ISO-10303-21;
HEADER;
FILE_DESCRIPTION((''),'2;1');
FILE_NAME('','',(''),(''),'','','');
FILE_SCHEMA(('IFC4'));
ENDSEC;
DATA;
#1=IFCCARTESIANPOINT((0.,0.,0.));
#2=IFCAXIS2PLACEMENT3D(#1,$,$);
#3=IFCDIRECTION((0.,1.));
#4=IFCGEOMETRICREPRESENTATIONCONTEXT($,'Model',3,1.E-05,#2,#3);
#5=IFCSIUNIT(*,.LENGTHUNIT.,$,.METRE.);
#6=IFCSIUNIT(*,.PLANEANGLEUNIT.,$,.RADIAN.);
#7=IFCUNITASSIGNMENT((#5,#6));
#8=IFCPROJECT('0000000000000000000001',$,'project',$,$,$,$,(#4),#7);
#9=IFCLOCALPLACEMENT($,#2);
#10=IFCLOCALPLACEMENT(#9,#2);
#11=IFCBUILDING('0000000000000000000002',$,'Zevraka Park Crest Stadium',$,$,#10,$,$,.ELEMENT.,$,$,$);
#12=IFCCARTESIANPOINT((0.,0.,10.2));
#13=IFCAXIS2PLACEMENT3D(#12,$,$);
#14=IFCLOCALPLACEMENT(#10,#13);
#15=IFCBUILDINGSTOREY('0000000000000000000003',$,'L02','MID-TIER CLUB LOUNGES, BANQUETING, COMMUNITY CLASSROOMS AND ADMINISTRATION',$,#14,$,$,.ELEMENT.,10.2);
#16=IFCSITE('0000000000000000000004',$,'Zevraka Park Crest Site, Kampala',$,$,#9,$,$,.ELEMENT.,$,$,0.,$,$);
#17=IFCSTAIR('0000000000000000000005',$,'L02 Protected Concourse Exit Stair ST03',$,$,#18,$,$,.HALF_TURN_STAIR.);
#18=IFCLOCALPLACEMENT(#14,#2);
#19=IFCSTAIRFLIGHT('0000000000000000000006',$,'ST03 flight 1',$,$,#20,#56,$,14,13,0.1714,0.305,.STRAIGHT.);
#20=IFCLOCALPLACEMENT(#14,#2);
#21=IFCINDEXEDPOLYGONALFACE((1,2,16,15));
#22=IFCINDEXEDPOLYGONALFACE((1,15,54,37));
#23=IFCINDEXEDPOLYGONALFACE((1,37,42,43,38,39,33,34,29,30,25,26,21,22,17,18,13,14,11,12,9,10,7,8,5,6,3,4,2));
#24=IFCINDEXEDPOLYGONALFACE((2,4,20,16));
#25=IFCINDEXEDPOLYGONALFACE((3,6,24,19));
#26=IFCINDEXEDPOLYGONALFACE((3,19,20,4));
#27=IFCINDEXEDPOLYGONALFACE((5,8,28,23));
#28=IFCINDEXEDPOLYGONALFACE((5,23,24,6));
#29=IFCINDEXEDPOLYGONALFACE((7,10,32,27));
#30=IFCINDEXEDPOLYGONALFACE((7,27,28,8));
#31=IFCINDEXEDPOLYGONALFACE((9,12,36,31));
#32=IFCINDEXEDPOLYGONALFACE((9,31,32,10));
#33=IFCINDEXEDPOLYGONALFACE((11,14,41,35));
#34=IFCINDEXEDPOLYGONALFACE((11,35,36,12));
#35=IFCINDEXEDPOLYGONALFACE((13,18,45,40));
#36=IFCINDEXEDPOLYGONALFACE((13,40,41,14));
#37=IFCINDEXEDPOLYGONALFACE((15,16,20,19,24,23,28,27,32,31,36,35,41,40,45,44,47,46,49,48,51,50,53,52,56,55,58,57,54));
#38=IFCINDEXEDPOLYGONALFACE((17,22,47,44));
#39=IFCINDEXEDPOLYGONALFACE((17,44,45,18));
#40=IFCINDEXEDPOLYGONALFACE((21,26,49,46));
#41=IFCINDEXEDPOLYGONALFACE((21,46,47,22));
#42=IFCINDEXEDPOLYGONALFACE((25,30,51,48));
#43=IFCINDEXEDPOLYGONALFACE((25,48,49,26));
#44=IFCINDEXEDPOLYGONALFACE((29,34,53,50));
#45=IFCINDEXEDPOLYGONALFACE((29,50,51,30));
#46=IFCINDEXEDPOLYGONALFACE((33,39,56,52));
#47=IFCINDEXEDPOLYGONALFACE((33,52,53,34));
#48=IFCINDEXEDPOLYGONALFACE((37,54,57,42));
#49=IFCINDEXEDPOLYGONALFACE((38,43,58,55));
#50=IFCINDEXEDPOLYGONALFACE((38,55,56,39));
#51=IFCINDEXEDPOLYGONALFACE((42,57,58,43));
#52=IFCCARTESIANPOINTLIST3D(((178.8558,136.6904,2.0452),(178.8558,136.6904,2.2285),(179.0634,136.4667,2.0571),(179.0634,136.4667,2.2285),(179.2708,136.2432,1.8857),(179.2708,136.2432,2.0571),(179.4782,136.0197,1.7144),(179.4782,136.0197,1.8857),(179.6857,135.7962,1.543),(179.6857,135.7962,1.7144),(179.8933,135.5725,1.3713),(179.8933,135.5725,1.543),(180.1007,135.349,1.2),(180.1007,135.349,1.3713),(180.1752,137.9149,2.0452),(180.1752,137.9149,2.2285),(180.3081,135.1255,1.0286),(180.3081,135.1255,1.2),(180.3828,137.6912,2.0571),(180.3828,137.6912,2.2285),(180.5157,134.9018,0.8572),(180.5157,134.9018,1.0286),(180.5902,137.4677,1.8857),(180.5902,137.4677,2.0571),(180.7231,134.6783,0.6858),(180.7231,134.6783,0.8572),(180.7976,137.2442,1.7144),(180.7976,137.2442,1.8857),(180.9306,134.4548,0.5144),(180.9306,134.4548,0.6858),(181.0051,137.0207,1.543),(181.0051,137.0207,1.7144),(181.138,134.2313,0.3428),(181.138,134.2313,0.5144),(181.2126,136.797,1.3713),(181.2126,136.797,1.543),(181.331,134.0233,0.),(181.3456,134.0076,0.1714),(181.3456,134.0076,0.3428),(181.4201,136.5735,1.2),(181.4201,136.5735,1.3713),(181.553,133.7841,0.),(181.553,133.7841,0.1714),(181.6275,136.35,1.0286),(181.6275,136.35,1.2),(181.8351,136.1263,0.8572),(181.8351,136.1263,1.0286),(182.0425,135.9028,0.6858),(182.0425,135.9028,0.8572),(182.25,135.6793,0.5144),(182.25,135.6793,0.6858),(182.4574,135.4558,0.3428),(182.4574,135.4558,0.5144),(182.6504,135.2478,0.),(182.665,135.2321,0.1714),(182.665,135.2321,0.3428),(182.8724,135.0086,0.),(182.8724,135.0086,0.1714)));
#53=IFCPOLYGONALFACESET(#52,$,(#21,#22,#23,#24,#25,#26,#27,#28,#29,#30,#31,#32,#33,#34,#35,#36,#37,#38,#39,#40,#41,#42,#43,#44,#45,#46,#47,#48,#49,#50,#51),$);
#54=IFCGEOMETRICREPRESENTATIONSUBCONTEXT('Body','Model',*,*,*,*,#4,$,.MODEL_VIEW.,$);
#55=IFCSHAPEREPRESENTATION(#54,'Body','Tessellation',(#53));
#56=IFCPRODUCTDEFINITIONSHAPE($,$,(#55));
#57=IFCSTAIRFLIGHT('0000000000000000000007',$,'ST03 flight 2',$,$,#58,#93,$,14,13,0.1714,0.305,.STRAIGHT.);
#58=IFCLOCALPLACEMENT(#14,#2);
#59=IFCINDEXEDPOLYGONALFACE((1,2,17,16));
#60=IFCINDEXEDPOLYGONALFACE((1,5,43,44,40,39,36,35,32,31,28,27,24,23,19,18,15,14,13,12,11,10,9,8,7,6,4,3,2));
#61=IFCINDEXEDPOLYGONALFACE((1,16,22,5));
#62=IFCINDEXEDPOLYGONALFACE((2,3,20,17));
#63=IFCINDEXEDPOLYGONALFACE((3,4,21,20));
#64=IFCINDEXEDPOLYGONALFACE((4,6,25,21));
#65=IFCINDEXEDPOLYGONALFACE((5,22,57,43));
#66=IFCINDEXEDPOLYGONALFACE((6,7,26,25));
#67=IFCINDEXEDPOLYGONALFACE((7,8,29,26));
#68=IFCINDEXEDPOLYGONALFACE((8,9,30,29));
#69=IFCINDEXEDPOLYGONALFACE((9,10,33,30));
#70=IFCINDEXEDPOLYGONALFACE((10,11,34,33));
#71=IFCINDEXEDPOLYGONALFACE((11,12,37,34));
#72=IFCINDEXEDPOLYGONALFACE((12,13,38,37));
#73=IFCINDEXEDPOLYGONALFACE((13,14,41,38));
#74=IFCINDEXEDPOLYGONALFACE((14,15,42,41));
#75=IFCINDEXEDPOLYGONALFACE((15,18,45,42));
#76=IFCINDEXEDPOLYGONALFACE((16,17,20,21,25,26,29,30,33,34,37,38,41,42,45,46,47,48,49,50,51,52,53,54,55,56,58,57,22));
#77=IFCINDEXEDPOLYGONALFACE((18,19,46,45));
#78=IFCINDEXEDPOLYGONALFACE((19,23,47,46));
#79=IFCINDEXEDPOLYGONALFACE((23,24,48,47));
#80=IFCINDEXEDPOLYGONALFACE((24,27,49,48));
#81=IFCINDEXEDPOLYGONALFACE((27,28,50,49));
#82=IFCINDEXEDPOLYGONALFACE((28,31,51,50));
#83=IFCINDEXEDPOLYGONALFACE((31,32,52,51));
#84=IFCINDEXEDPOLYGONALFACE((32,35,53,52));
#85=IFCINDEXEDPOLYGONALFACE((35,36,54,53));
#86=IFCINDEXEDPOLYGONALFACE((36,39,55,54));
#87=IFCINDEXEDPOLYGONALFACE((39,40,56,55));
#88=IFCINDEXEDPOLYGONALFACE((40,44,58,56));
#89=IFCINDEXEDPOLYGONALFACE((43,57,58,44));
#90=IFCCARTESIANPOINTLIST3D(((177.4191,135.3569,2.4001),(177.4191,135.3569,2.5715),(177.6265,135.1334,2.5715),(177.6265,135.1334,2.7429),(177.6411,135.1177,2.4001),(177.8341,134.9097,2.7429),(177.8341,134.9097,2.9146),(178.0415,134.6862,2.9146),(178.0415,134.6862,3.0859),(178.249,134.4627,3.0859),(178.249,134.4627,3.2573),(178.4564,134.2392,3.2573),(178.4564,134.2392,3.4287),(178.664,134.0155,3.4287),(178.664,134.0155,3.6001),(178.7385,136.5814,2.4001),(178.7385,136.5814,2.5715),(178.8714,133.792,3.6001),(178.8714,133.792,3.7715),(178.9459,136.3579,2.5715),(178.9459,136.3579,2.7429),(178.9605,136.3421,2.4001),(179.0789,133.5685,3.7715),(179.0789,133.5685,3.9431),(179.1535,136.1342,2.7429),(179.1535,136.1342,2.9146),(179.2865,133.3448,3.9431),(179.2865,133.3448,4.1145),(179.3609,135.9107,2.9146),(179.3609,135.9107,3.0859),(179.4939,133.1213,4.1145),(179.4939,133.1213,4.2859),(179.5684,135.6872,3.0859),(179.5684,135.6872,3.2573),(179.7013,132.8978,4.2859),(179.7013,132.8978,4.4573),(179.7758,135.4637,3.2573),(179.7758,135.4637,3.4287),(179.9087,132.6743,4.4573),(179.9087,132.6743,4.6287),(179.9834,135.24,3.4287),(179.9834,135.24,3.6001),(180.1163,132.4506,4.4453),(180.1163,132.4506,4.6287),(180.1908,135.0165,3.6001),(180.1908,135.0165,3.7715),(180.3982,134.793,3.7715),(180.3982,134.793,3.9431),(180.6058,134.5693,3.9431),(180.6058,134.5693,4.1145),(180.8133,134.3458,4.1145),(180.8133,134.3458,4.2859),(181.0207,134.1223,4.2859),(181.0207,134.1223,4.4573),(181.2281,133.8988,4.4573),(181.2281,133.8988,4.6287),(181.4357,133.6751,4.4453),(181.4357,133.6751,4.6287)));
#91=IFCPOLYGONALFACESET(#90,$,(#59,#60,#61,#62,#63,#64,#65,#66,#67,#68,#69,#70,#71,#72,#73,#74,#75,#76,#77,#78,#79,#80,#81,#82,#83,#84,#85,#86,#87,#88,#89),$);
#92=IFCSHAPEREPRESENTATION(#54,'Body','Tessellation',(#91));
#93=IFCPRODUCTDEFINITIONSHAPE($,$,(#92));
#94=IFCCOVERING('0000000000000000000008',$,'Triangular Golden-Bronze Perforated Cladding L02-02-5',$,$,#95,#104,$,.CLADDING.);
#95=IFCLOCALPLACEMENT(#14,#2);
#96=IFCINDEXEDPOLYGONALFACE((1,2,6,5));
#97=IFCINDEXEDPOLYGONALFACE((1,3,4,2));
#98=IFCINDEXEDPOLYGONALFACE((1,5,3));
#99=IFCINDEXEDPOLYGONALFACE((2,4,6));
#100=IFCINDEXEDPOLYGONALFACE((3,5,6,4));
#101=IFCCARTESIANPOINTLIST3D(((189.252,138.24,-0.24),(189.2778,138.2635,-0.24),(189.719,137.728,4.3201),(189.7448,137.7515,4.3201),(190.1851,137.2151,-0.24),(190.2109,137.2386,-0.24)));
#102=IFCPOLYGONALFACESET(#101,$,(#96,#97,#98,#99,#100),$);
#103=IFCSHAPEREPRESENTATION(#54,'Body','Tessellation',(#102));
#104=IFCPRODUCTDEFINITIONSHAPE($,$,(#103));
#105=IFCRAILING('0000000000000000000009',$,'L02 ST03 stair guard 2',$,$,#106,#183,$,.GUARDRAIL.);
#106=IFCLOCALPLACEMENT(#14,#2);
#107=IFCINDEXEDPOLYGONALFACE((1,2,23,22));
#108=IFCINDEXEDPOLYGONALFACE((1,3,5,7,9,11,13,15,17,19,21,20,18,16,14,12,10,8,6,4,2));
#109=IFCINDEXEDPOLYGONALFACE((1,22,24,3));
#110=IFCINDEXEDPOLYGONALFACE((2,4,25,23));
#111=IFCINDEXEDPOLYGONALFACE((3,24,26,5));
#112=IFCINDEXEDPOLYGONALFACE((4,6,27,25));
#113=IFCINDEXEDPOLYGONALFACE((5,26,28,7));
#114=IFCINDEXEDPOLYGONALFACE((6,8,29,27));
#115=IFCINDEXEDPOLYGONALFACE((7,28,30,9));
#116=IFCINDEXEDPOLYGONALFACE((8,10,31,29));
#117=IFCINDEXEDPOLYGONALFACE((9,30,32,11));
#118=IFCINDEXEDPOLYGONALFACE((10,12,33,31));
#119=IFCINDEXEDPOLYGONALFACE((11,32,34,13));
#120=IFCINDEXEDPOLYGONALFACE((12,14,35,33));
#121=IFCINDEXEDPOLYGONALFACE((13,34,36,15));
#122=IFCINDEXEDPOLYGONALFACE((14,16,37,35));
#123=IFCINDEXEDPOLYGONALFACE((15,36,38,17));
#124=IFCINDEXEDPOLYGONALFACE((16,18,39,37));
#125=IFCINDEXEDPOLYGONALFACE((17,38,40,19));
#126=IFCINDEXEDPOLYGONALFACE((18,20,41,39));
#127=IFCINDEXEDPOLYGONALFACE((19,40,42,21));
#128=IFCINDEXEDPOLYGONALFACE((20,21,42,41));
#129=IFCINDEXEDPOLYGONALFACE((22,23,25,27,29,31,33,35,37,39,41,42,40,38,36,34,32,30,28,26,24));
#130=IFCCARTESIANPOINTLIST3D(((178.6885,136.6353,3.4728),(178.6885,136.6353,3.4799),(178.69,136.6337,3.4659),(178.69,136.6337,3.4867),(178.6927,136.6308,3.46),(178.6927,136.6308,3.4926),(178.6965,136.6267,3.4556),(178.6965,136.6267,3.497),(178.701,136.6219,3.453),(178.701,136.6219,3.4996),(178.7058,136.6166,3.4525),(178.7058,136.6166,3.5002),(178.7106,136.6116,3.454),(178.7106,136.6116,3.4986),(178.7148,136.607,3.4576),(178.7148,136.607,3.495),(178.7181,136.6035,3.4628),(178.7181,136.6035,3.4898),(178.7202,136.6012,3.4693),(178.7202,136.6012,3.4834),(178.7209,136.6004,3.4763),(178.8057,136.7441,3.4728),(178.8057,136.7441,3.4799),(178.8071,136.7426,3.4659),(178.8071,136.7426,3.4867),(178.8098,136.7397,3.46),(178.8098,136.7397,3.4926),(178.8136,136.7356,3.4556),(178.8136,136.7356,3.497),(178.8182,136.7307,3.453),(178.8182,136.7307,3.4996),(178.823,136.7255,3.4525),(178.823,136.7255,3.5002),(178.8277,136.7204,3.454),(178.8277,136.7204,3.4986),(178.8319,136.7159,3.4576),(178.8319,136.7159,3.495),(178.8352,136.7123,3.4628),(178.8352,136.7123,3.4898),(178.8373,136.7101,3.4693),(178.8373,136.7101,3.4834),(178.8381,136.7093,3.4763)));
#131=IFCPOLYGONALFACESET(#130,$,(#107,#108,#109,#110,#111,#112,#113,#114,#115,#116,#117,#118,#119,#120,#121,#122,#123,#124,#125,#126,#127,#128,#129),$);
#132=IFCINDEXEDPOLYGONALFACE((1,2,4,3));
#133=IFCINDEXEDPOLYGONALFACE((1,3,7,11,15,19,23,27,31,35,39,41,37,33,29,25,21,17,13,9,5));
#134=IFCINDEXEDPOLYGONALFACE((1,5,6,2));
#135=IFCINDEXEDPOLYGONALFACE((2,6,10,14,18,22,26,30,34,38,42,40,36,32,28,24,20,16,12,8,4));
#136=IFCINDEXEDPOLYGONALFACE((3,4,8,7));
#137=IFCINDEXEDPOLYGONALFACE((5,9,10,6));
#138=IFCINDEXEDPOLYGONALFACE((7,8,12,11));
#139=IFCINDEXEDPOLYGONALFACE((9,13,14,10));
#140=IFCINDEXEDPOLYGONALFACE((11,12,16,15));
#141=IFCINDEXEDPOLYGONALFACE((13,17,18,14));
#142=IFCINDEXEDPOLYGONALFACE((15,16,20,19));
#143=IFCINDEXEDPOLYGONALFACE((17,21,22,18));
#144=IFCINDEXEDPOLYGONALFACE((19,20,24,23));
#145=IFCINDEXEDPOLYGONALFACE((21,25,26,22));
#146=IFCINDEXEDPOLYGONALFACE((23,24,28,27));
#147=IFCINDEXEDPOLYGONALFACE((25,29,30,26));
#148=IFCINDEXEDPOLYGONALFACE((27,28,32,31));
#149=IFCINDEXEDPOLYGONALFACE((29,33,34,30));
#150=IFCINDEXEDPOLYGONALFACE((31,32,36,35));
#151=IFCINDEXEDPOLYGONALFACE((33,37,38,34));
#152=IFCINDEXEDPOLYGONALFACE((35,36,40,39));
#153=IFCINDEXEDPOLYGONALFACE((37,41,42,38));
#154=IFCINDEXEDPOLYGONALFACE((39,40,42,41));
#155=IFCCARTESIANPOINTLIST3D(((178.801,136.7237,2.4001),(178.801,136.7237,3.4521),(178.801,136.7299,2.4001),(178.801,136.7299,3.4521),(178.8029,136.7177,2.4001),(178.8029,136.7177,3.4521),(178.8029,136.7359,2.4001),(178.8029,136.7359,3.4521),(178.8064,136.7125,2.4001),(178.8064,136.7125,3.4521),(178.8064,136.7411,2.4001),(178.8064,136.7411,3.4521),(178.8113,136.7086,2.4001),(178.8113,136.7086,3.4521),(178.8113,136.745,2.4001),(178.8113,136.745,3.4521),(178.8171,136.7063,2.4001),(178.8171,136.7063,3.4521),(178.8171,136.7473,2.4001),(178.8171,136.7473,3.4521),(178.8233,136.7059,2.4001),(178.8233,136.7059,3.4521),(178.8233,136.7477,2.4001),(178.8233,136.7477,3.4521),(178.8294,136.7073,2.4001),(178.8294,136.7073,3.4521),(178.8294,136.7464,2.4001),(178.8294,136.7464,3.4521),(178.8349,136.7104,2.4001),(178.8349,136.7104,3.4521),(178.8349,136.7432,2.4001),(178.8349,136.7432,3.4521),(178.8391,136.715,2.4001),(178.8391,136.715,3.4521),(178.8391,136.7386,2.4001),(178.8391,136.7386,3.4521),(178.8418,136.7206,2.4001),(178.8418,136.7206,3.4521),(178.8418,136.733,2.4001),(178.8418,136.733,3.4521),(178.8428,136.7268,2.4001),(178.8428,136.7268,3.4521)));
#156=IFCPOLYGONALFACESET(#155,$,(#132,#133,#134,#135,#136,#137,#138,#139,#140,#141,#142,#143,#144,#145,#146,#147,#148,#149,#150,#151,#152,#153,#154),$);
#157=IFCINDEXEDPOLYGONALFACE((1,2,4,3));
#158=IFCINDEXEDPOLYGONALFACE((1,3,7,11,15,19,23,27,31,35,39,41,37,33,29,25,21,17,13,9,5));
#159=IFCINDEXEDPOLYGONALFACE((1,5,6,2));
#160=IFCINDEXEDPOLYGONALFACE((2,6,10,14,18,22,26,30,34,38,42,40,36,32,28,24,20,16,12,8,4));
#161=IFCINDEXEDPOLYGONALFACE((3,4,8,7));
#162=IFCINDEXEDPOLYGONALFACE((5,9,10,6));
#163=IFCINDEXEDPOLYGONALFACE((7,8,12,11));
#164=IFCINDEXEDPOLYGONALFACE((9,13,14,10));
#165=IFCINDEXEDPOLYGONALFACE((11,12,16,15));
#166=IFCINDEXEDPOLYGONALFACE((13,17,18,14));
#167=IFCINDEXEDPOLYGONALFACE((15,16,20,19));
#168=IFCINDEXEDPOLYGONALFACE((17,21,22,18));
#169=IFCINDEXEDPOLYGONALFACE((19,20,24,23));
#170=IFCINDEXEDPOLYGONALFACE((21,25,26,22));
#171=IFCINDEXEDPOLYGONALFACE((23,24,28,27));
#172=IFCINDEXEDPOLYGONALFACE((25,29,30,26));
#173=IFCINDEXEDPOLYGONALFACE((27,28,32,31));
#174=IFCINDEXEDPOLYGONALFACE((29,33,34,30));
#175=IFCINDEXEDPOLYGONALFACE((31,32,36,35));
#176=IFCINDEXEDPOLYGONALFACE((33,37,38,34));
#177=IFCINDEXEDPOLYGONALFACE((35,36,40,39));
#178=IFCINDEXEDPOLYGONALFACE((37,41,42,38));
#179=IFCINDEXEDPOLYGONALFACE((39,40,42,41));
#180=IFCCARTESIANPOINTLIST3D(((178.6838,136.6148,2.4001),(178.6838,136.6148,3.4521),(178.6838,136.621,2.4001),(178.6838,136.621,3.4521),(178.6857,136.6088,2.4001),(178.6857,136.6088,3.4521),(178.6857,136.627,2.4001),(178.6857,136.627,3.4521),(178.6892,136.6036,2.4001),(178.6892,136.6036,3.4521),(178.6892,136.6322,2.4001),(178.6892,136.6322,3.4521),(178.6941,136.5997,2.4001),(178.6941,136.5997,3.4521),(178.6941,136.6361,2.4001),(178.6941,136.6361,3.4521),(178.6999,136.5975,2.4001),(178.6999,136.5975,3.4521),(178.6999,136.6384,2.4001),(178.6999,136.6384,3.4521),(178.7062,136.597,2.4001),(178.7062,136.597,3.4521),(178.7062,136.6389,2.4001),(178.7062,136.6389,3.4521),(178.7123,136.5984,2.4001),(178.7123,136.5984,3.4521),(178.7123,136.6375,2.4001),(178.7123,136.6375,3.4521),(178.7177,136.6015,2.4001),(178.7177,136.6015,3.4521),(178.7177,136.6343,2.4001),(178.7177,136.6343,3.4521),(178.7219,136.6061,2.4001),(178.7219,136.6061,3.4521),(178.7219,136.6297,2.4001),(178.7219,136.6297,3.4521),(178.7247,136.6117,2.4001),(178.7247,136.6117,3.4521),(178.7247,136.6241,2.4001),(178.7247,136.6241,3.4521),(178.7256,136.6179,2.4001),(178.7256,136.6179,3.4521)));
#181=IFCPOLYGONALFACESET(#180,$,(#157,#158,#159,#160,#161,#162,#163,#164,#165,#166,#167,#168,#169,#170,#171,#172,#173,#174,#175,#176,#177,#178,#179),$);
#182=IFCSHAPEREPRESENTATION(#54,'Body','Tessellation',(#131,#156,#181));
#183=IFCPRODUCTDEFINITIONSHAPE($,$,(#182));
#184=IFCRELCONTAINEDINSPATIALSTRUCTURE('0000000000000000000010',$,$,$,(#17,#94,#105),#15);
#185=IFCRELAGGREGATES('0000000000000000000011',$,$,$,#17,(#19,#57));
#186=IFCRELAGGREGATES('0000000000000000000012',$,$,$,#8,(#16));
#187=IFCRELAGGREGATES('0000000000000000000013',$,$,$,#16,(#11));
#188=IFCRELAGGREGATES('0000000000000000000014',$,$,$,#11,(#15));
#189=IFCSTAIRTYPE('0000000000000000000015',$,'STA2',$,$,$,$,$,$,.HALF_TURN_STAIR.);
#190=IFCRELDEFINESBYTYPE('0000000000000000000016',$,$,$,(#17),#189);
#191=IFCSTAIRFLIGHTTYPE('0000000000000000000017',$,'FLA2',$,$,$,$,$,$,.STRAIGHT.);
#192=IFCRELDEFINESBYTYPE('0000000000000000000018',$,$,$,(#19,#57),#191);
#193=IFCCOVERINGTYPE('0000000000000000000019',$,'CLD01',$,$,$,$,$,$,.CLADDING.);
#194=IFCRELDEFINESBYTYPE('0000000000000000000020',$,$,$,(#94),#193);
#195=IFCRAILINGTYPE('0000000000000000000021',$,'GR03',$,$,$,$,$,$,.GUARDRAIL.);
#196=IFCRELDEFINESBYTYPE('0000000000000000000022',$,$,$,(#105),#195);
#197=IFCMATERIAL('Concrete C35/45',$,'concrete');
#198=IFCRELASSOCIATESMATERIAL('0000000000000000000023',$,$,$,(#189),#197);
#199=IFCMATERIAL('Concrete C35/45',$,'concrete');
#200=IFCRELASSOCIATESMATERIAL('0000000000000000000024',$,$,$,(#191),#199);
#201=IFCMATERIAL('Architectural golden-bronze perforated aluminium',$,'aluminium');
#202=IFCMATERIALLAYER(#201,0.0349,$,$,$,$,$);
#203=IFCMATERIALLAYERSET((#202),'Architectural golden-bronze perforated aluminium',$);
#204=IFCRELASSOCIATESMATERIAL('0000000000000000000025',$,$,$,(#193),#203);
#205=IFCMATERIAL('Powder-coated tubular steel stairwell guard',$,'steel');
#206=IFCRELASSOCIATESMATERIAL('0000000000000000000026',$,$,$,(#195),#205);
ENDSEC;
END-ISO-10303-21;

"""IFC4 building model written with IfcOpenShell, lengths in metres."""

from ifc_helpers import new_model, si_unit, direction, frame, origin, origin_2d, place, context, subcontext, project, spatial, polyline, circle, outline, extrude, material, layer, layer_set, type_object, element, aggregate, save


model = new_model("IFC4")

# Units and contexts
model_context = context("Model", 3, precision=1e-05, world=origin(), true_north=direction((0.0, 1.0)))
body_context = subcontext(model_context, "Body", "Model", "MODEL_VIEW")
ifc_project = project(units=[si_unit("LENGTHUNIT", "METRE"), si_unit("PLANEANGLEUNIT", "RADIAN")], contexts=[model_context])

# Site, building, storey
site_placement = place(None, origin())
site = spatial("IfcSite", under=ifc_project, at=site_placement, Name="Zevraka Park Crest Site, Kampala", CompositionType="ELEMENT", RefElevation=0.0)
building_placement = place(site_placement, origin())
building = spatial("IfcBuilding", under=site, at=building_placement, Name="Zevraka Park Crest Stadium", CompositionType="ELEMENT")
storey_placement = place(building_placement, frame((0.0, 0.0, 10.2)))
storey = spatial("IfcBuildingStorey", under=building, at=storey_placement, Name="L02", Description="MID-TIER CLUB LOUNGES, BANQUETING, COMMUNITY CLASSROOMS AND ADMINISTRATION", CompositionType="ELEMENT", Elevation=10.2)

# Stair, stair flights
ifc_material_1 = material(Name="Concrete C35/45", Category="concrete")
stair_type = type_object("IfcStairType", Name="STA2", PredefinedType="HALF_TURN_STAIR", material=ifc_material_1)
stair_placement = place(storey_placement, origin())
stair = element("IfcStair", 1, at=stair_placement, inside=storey, type_object=stair_type, Name="L02 Protected Concourse Exit Stair ST03", PredefinedType="HALF_TURN_STAIR")
ifc_material_2 = material(Name="Concrete C35/45", Category="concrete")
stair_flight_type = type_object("IfcStairFlightType", Name="FLA2", PredefinedType="STRAIGHT", material=ifc_material_2)
stair_flight_1_placement = place(storey_placement, frame((182.2126, 134.3962, 0.0), z_axis=(0.0, 0.0, 1.0), x_axis=(-0.680255, 0.732975, 0.0)))
stair_flight_1 = element("IfcStairFlight", 2, at=stair_flight_1_placement, type_object=stair_flight_type, Name="ST03 flight 1", NumberOfRisers=14, NumberOfTreads=13, PredefinedType="STRAIGHT", RiserHeight=0.1714, TreadLength=0.305, context=body_context, shape_type="SweptSolid", body=[
    extrude(outline(polyline([(0.0, 0.0), (0.0, 0.1714), (0.3049, 0.1714), (0.3049, 0.3428), (0.6101, 0.3428), (0.6101, 0.5144), (0.915, 0.5144), (0.915, 0.6858), (1.22, 0.6858), (1.22, 0.8572), (1.5249, 0.8572), (1.5249, 1.0286), (1.8301, 1.0286), (1.8301, 1.2), (2.135, 1.2), (2.135, 1.3713), (2.4399, 1.3713), (2.4399, 1.543), (2.7451, 1.543), (2.7451, 1.7144), (3.05, 1.7144), (3.05, 1.8857), (3.355, 1.8857), (3.355, 2.0571), (3.6599, 2.0571), (3.6599, 2.2285), (3.9651, 2.2285), (3.9651, 2.3999), (3.9651, 2.0452), (0.3264, 0.0), (0.0, 0.0)])), frame((0.0, 0.8999, 0.0), z_axis=(0.0, -1.0, 0.0), x_axis=(1.0, 0.0, 0.0)), (0.0, 0.0, 1.0), 1.8),
])
stair_flight_2_placement = place(storey_placement, frame((178.0789, 135.9692, 2.4001), z_axis=(0.0, 0.0, 1.0), x_axis=(0.680255, -0.732975, 0.0)))
stair_flight_2 = element("IfcStairFlight", 3, at=stair_flight_2_placement, type_object=stair_flight_type, Name="ST03 flight 2", NumberOfRisers=14, NumberOfTreads=13, PredefinedType="STRAIGHT", RiserHeight=0.1714, TreadLength=0.305, context=body_context, shape_type="SweptSolid", body=[
    extrude(outline(polyline([(0.0, 0.0), (0.0, 0.1714), (0.3049, 0.1714), (0.3049, 0.3428), (0.6101, 0.3428), (0.6101, 0.5144), (0.915, 0.5144), (0.915, 0.6858), (1.22, 0.6858), (1.22, 0.8572), (1.5249, 0.8572), (1.5249, 1.0286), (1.8301, 1.0286), (1.8301, 1.2), (2.135, 1.2), (2.135, 1.3713), (2.4399, 1.3713), (2.4399, 1.543), (2.7451, 1.543), (2.7451, 1.7144), (3.05, 1.7144), (3.05, 1.8857), (3.355, 1.8857), (3.355, 2.0571), (3.6599, 2.0571), (3.6599, 2.2285), (3.9651, 2.2285), (3.9651, 2.3999), (3.9651, 2.0452), (0.3264, 0.0), (0.0, 0.0)])), frame((0.0, 0.8999, 0.0), z_axis=(0.0, -1.0, 0.0), x_axis=(1.0, 0.0, 0.0)), (0.0, 0.0, 1.0), 1.8),
])
aggregate(stair, [stair_flight_1, stair_flight_2])

# Covering
ifc_material_3 = material(Name="Architectural golden-bronze perforated aluminium", Category="aluminium")
ifc_layer_1 = layer(ifc_material_3, 0.0349)
ifc_layer_set_1 = layer_set([ifc_layer_1], Name="Architectural golden-bronze perforated aluminium")
covering_type = type_object("IfcCoveringType", Name="CLD01", PredefinedType="CLADDING", material=ifc_layer_set_1)
covering_placement = place(storey_placement, frame((190.1851, 137.2151, -0.24), z_axis=(-0.739446, -0.673216, 0.000151), x_axis=(-0.673216, 0.739446, 0.0)))
element("IfcCovering", 4, at=covering_placement, inside=storey, type_object=covering_type, Name="Triangular Golden-Bronze Perforated Cladding L02-02-5", PredefinedType="CLADDING", context=body_context, shape_type="SweptSolid", body=[
    extrude(outline(polyline([(0.0, 0.0), (1.386, 0.0), (0.6931, -4.5601), (0.0, 0.0)])), origin(), (0.0, 0.0, -1.0), 0.0349),
])

# Railing
ifc_material_4 = material(Name="Powder-coated tubular steel stairwell guard", Category="steel")
railing_type_1 = type_object("IfcRailingType", Name="GR03", PredefinedType="GUARDRAIL", material=ifc_material_4)
railing_1_placement = place(storey_placement, frame((178.8218, 136.7268, 2.4001)))
element("IfcRailing", 5, at=railing_1_placement, inside=storey, type_object=railing_type_1, Name="L02 ST03 stair guard 2", PredefinedType="GUARDRAIL", context=body_context, shape_type="SweptSolid", body=[
    extrude(circle(Radius=0.0239, at=origin_2d()), frame((0.0, 0.0, 1.0762), z_axis=(-0.732576, -0.680685, 0.0), x_axis=(0.680685, -0.732576, 0.0)), (0.0, 0.0, 1.0), 0.1599),
    extrude(circle(Radius=0.021, at=origin_2d()), origin(), (0.0, 0.0, 1.0), 1.052),
    extrude(circle(Radius=0.021, at=origin_2d()), frame((-0.1172, -0.1089, 0.0)), (0.0, 0.0, 1.0), 1.052),
])

save(model, "model.ifc")
